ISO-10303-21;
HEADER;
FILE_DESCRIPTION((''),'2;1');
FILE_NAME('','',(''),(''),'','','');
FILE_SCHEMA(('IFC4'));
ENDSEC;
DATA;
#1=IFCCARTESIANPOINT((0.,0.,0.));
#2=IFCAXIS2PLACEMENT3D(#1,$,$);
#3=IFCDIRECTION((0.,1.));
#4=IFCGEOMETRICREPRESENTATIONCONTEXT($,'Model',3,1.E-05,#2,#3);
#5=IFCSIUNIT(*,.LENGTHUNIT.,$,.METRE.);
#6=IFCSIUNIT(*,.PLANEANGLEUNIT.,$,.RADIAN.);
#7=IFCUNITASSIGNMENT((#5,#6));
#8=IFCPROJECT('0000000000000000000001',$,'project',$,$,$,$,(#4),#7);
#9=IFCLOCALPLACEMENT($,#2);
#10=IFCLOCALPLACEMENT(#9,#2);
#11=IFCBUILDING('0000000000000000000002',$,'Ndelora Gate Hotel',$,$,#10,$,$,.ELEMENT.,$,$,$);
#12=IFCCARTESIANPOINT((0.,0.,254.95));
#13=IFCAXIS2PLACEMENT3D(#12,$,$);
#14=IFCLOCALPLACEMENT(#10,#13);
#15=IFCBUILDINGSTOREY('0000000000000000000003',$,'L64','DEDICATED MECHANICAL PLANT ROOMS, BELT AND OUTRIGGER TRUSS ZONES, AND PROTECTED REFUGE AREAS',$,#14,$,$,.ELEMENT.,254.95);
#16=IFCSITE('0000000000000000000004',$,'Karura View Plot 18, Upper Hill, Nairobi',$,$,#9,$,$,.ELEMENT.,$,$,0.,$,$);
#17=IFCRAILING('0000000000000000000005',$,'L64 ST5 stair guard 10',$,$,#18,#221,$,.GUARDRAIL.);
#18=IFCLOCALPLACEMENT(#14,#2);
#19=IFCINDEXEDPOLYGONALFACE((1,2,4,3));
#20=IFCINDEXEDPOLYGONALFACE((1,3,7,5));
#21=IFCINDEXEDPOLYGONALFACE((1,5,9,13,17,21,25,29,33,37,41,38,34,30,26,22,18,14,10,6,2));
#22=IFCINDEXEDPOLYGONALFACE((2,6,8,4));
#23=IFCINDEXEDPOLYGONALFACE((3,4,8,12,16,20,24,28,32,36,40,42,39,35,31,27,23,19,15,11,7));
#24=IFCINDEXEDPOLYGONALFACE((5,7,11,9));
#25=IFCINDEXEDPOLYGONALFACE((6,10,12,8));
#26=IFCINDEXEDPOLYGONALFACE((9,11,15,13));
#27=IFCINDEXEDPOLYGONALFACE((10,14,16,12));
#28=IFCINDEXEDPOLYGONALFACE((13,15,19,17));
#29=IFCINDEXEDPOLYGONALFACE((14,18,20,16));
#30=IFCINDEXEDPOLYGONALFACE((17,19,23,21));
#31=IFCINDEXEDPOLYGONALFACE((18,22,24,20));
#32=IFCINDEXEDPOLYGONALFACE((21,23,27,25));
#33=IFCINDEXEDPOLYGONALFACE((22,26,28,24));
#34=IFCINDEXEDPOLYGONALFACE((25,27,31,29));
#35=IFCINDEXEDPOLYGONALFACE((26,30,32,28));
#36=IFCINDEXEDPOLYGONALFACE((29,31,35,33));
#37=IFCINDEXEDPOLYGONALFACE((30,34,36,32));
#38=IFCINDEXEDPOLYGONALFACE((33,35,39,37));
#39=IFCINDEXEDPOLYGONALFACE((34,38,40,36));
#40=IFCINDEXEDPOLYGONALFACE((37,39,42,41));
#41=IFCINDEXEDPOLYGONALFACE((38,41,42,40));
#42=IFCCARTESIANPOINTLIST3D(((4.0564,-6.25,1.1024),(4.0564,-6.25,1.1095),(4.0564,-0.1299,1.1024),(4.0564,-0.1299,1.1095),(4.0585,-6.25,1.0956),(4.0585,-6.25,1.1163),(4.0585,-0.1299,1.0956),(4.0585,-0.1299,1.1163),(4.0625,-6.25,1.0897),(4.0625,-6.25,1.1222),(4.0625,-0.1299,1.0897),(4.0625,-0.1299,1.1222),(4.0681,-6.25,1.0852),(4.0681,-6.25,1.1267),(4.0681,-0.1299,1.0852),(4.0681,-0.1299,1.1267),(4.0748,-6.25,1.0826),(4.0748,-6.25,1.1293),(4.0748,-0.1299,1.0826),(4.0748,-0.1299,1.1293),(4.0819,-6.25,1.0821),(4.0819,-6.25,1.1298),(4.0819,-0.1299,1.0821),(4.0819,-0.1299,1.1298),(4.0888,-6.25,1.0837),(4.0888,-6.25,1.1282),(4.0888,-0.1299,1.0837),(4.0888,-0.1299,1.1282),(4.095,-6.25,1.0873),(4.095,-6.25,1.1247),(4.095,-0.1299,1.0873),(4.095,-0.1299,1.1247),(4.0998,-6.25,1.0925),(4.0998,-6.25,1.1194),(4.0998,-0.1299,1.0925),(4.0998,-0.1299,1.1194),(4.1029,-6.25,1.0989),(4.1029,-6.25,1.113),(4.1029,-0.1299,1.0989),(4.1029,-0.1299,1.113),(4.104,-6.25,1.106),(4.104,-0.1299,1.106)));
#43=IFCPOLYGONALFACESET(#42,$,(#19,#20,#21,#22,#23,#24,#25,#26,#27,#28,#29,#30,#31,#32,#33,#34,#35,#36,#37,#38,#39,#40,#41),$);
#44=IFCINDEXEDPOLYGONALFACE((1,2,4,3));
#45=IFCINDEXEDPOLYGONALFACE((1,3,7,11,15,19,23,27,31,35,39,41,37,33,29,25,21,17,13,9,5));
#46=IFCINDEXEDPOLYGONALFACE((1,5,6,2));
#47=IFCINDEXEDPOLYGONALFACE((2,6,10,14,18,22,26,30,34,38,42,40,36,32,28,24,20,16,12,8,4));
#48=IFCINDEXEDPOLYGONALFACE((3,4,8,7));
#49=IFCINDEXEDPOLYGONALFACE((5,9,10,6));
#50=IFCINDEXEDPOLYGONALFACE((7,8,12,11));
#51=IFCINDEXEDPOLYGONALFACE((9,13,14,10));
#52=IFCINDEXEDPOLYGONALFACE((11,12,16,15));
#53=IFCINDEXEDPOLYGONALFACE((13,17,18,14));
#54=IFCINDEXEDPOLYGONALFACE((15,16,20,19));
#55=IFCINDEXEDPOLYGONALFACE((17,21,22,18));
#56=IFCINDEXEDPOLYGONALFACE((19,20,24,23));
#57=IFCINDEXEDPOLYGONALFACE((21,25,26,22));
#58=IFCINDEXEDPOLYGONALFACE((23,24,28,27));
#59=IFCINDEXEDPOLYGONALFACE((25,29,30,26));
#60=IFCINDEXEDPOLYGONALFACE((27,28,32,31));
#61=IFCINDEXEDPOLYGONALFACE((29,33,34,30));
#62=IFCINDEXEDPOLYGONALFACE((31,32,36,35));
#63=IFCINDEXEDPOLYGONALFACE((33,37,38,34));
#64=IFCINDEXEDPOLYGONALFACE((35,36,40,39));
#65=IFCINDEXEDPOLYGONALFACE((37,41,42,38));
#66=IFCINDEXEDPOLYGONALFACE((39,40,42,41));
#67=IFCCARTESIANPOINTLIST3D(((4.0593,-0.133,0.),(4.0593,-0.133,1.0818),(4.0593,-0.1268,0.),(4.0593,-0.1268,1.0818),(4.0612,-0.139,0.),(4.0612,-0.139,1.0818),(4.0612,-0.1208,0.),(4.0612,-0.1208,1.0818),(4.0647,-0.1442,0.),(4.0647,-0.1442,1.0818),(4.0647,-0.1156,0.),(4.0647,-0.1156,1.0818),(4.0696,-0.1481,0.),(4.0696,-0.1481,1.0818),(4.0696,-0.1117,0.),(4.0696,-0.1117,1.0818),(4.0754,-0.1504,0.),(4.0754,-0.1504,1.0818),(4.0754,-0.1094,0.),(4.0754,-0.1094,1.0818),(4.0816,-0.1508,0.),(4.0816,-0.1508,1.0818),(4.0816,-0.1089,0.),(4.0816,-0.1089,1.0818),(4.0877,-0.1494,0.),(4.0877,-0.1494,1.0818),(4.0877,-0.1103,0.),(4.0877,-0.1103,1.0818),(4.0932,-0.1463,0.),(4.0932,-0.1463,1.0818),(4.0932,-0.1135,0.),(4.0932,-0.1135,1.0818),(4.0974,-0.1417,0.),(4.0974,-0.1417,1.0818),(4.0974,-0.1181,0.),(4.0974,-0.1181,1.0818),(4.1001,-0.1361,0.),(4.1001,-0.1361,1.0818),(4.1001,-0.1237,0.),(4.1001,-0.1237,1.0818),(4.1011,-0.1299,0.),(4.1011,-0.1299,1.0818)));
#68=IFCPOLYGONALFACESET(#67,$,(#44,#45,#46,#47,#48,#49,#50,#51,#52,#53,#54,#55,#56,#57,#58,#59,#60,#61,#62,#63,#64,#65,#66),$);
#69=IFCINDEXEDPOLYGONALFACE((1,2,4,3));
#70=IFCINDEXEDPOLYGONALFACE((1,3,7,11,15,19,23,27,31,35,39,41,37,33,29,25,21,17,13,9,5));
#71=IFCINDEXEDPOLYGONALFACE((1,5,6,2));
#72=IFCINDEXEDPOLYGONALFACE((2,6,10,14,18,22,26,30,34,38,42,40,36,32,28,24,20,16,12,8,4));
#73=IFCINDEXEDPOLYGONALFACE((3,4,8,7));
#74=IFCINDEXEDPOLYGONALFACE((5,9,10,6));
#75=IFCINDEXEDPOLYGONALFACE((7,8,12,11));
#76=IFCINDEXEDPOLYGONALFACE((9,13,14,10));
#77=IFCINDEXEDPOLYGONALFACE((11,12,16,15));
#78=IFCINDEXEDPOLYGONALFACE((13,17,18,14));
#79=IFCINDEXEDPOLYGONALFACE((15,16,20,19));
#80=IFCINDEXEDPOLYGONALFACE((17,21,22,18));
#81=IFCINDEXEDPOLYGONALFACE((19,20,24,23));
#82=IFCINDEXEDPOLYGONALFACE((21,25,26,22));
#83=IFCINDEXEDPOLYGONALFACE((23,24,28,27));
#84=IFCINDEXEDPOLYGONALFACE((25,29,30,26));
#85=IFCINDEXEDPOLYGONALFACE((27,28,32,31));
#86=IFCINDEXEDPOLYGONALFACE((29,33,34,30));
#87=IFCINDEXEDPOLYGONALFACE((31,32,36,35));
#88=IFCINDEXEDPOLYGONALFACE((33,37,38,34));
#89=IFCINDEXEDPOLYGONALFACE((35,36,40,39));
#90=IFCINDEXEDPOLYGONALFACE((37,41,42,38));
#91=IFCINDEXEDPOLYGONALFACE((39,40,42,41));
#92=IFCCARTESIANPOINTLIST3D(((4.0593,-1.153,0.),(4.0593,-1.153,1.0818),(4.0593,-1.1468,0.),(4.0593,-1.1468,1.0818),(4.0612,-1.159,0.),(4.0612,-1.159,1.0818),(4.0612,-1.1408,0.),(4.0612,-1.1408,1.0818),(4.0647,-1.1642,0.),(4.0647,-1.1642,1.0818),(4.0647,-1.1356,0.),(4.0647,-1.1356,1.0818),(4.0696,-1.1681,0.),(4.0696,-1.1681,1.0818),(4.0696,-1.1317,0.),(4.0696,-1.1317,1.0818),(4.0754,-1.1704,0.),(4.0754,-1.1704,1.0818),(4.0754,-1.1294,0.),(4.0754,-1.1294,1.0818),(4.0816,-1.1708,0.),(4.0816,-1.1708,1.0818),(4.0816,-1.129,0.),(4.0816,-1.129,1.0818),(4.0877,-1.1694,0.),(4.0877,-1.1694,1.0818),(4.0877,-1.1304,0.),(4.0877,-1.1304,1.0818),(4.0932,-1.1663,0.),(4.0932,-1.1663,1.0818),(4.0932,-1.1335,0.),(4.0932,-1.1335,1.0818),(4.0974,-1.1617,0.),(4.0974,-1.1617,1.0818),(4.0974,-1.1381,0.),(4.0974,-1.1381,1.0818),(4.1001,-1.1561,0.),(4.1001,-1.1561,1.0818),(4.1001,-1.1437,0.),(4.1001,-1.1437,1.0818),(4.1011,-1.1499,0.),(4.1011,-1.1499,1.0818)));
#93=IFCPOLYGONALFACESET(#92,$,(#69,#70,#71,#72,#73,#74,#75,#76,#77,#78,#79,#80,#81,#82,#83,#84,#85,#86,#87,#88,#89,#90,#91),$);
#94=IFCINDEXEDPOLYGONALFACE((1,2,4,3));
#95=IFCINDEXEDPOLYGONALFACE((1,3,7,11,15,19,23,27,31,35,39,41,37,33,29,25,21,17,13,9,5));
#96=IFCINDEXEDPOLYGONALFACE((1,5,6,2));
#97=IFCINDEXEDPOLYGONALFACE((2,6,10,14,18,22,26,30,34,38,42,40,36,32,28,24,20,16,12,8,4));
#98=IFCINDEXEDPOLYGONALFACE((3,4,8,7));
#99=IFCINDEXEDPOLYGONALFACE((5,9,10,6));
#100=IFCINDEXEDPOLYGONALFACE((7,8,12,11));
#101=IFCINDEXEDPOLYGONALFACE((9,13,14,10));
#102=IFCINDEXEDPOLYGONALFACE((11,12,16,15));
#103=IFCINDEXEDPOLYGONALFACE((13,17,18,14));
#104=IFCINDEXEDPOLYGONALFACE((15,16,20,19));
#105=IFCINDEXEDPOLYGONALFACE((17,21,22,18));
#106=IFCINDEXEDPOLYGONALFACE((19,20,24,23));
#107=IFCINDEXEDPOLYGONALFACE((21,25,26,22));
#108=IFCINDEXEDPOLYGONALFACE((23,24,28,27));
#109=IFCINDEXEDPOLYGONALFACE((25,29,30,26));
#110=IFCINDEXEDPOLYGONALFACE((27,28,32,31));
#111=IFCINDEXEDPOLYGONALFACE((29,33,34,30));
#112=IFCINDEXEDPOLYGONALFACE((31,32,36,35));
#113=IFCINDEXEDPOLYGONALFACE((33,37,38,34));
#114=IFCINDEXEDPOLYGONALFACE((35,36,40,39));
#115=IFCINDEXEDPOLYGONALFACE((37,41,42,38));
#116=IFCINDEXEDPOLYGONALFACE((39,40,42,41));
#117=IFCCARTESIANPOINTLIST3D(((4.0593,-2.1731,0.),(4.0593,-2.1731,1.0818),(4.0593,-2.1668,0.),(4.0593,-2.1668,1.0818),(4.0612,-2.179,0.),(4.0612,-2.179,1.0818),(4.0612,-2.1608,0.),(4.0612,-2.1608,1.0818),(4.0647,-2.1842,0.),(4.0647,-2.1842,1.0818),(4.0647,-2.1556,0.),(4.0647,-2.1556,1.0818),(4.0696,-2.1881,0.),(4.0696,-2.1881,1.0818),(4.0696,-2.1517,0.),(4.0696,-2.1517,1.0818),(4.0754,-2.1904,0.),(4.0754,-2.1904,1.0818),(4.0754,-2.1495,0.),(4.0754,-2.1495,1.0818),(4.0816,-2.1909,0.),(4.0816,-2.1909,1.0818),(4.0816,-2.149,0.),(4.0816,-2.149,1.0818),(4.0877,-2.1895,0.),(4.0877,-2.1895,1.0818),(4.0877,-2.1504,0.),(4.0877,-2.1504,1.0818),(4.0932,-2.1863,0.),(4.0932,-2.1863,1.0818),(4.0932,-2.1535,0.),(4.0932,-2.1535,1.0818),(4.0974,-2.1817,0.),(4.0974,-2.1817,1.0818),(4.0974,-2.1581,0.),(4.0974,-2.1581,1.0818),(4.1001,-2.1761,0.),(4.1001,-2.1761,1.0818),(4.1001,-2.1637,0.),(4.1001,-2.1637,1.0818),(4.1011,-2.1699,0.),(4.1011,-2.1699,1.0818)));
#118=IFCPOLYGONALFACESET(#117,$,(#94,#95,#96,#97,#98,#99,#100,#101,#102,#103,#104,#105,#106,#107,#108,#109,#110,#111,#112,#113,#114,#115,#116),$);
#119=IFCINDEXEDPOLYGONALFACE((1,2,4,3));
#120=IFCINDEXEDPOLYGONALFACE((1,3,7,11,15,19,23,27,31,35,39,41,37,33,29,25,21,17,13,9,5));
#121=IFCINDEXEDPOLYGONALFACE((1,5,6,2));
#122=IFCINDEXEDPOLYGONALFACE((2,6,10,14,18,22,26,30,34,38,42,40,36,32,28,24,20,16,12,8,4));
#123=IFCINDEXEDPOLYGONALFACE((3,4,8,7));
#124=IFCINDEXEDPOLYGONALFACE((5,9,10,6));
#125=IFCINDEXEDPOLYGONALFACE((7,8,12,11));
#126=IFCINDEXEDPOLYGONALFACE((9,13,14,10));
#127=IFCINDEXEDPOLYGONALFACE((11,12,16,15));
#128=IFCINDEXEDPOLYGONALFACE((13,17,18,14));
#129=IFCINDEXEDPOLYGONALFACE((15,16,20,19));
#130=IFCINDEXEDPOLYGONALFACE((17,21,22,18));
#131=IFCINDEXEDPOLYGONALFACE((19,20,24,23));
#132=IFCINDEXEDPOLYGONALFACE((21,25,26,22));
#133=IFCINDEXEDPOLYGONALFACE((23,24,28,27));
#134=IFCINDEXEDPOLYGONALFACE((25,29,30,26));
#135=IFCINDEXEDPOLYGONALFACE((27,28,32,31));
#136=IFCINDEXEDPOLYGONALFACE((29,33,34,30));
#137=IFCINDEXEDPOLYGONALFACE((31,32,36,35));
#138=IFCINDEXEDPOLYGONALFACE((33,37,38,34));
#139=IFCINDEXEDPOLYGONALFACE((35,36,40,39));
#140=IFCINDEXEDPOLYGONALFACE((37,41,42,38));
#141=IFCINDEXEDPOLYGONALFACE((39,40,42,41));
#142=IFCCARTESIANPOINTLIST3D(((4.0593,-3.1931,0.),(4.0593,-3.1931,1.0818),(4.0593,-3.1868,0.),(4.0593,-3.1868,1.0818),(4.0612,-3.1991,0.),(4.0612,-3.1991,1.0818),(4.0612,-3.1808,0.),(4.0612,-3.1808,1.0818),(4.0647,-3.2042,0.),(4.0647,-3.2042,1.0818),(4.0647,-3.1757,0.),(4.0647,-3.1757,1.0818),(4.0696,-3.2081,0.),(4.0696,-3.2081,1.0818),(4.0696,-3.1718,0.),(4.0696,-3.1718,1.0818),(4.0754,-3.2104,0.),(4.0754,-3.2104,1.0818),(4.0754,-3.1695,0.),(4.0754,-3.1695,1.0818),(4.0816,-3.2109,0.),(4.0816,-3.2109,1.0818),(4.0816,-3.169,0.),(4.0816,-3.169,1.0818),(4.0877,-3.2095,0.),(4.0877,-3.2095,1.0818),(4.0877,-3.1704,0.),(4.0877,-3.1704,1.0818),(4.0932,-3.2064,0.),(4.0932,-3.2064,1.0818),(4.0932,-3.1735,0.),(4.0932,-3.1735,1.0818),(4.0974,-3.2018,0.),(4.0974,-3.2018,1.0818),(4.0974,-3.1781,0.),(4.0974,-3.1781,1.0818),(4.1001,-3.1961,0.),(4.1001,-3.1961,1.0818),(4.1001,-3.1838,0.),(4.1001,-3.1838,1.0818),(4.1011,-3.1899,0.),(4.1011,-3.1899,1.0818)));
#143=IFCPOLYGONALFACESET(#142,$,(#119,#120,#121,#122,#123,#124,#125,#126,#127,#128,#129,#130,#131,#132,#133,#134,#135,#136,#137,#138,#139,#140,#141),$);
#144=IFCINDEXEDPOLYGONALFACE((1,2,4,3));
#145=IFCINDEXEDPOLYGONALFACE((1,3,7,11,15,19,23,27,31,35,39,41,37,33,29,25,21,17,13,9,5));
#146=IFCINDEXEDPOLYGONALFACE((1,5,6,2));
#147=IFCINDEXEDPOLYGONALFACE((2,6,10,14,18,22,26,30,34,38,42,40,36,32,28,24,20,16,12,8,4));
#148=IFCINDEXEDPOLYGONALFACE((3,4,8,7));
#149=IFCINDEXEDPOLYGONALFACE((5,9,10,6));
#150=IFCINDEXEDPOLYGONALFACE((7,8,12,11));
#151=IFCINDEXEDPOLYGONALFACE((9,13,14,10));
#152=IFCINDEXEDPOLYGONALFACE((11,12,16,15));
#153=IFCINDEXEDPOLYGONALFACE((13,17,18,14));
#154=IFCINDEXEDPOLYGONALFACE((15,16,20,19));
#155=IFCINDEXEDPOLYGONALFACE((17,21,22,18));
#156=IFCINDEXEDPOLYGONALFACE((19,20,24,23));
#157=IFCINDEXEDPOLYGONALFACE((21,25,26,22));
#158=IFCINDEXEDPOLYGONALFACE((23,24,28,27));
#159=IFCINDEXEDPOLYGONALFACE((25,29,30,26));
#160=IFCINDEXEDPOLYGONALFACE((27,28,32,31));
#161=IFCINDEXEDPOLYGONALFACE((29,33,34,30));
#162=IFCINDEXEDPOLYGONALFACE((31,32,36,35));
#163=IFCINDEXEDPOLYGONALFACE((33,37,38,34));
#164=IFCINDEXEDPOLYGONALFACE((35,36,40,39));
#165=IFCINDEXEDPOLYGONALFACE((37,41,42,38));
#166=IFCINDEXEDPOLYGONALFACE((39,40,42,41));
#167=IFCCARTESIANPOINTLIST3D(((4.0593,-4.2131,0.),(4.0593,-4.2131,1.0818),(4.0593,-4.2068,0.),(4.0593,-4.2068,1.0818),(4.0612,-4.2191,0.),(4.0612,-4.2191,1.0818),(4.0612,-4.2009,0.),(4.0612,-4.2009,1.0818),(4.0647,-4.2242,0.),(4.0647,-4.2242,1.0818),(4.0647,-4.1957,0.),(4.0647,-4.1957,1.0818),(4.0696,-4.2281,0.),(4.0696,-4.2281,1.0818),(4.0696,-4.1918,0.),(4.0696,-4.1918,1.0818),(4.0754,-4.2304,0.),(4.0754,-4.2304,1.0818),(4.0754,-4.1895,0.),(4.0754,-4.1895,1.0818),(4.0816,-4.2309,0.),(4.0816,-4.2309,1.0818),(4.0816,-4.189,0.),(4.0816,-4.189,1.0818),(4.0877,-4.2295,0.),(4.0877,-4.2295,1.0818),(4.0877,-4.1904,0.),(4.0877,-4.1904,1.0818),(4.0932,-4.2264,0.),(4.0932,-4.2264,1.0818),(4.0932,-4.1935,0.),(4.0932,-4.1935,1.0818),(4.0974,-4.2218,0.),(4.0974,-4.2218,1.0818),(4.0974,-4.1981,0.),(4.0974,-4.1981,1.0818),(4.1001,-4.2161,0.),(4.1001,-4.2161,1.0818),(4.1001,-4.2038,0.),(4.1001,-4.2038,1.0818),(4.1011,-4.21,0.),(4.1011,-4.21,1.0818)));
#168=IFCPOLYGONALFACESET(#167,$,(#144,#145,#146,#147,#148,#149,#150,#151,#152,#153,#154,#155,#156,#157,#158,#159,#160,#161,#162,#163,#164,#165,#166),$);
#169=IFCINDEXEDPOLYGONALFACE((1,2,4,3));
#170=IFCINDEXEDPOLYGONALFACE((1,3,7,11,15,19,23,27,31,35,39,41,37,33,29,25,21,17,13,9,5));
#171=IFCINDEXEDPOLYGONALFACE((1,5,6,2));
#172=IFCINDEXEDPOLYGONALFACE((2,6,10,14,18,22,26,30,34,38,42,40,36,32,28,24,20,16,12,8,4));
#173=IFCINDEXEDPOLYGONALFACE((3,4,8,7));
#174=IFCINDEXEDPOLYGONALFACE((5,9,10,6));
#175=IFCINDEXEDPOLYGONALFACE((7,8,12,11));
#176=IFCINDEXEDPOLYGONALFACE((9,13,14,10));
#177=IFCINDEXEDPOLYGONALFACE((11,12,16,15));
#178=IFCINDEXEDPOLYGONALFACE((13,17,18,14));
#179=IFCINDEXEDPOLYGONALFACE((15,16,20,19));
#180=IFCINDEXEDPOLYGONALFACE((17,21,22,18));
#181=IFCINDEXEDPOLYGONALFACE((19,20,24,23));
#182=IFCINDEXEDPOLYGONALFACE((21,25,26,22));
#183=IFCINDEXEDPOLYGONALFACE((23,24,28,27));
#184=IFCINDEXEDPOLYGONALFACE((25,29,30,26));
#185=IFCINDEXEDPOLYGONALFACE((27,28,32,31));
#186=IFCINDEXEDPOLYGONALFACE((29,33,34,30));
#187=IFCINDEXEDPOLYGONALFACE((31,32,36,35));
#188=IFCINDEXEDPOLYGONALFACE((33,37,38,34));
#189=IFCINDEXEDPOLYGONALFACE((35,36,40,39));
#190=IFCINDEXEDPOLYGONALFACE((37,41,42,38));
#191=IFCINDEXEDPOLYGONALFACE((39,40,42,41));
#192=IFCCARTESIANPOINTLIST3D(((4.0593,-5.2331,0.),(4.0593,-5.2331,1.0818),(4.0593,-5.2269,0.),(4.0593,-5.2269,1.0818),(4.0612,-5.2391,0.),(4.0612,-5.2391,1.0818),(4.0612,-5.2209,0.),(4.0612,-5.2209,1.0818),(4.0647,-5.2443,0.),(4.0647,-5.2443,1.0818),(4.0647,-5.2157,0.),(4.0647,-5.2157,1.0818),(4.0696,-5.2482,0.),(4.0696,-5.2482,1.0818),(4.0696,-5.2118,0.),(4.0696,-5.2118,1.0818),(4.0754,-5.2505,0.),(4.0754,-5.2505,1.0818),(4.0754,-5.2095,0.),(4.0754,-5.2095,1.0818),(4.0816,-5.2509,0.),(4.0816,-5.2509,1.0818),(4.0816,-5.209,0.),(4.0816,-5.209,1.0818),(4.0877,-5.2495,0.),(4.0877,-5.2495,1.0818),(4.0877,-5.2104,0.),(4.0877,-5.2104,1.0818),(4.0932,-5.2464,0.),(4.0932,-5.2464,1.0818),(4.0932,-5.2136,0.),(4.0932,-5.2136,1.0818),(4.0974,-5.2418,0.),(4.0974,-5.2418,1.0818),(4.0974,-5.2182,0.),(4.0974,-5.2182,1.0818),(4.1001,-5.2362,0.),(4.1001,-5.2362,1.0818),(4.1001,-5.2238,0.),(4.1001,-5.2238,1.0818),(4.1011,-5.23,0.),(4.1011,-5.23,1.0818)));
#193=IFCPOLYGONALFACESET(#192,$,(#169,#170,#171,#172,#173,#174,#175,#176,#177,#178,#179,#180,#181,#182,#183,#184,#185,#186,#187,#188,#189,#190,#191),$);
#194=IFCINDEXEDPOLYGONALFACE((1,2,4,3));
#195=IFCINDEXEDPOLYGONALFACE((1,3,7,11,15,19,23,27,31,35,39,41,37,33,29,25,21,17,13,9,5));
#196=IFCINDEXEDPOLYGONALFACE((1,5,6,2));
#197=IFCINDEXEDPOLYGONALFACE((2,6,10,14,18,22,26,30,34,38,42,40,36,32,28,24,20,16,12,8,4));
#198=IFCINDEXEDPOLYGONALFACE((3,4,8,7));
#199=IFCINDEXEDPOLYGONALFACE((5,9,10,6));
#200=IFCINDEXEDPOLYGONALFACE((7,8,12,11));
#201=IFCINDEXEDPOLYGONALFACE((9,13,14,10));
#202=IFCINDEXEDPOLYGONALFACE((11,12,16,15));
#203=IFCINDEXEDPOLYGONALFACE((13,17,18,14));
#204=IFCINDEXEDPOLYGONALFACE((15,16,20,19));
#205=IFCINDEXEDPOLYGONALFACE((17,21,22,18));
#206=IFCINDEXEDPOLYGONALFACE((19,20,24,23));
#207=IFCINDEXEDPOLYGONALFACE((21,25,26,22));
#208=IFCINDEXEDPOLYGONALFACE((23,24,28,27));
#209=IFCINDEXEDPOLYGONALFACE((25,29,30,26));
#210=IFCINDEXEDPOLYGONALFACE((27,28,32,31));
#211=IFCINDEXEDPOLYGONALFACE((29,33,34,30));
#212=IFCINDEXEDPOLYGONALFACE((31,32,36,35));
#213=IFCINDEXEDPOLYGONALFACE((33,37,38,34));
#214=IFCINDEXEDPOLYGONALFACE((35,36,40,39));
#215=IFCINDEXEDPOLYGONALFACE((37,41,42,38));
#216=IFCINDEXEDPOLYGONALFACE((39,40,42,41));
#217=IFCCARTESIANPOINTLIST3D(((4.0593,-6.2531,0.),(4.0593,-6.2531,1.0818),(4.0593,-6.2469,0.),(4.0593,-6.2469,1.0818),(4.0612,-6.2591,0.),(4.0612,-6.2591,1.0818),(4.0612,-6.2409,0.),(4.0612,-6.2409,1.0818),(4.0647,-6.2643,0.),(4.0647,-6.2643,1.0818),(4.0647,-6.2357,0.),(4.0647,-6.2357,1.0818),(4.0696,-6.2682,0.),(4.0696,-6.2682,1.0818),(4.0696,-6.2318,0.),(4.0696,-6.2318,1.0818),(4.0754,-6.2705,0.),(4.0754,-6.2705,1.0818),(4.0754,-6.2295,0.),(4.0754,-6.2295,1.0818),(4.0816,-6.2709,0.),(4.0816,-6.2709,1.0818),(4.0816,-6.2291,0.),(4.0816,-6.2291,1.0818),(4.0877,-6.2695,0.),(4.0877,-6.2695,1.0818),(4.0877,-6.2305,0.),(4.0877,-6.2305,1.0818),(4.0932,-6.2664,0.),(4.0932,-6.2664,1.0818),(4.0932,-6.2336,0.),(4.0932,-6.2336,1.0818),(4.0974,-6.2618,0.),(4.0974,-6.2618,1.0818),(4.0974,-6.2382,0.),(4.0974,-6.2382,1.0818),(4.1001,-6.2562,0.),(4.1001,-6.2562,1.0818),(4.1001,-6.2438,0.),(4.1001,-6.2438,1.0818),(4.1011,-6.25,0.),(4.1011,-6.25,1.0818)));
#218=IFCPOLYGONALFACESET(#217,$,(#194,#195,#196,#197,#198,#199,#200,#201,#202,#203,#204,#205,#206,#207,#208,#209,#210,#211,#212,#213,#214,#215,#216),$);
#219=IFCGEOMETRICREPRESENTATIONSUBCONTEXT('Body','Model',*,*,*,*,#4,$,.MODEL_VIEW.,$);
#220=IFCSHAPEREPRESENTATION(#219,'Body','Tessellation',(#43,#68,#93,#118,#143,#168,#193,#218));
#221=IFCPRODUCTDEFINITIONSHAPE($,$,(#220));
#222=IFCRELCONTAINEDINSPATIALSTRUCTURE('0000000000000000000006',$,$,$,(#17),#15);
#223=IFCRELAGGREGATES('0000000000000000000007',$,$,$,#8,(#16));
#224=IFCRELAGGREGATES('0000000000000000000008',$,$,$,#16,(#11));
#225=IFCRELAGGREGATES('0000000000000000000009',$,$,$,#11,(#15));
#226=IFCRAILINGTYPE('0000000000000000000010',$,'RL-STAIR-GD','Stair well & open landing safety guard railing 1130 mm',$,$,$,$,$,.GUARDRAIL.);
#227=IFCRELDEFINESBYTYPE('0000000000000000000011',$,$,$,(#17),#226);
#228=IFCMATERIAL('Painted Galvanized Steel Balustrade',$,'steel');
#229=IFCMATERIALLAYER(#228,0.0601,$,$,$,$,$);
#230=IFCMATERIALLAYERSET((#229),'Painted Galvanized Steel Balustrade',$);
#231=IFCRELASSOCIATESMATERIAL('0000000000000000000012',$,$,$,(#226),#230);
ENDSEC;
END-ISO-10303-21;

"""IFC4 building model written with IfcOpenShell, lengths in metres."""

from ifc_helpers import new_model, si_unit, direction, frame, origin, origin_2d, place, context, subcontext, project, spatial, circle, extrude, material, layer, layer_set, type_object, element, save


model = new_model("IFC4")

# Units and contexts
model_context = context("Model", 3, precision=1e-05, world=origin(), true_north=direction((0.0, 1.0)))
body_context = subcontext(model_context, "Body", "Model", "MODEL_VIEW")
ifc_project = project(units=[si_unit("LENGTHUNIT", "METRE"), si_unit("PLANEANGLEUNIT", "RADIAN")], contexts=[model_context])

# Site, building, storey
site_placement = place(None, origin())
site = spatial("IfcSite", under=ifc_project, at=site_placement, Name="Karura View Plot 18, Upper Hill, Nairobi", CompositionType="ELEMENT", RefElevation=0.0)
building_placement = place(site_placement, origin())
building = spatial("IfcBuilding", under=site, at=building_placement, Name="Ndelora Gate Hotel", CompositionType="ELEMENT")
storey_placement = place(building_placement, frame((0.0, 0.0, 254.95)))
storey = spatial("IfcBuildingStorey", under=building, at=storey_placement, Name="L64", Description="DEDICATED MECHANICAL PLANT ROOMS, BELT AND OUTRIGGER TRUSS ZONES, AND PROTECTED REFUGE AREAS", CompositionType="ELEMENT", Elevation=254.95)

# Railing
ifc_material_1 = material(Name="Painted Galvanized Steel Balustrade", Category="steel")
ifc_layer_1 = layer(ifc_material_1, 0.0601)
ifc_layer_set_1 = layer_set([ifc_layer_1], Name="Painted Galvanized Steel Balustrade")
railing_type_1 = type_object("IfcRailingType", Name="RL-STAIR-GD", Description="Stair well & open landing safety guard railing 1130 mm", PredefinedType="GUARDRAIL", material=ifc_layer_set_1)
railing_1_placement = place(storey_placement, frame((4.0801, -0.1299, 0.0)))
element("IfcRailing", 1, at=railing_1_placement, inside=storey, type_object=railing_type_1, Name="L64 ST5 stair guard 10", PredefinedType="GUARDRAIL", context=body_context, shape_type="SweptSolid", body=[
    extrude(circle(Radius=0.0239, at=origin_2d()), frame((0.0, 0.0, 1.106), z_axis=(0.0, -1.0, 0.0), x_axis=(1.0, 0.0, 0.0)), (0.0, 0.0, 1.0), 6.1201),
    extrude(circle(Radius=0.021, at=origin_2d()), origin(), (0.0, 0.0, 1.0), 1.0818),
    extrude(circle(Radius=0.021, at=origin_2d()), frame((0.0, -1.02, 0.0)), (0.0, 0.0, 1.0), 1.0818),
    extrude(circle(Radius=0.021, at=origin_2d()), frame((0.0, -2.04, 0.0)), (0.0, 0.0, 1.0), 1.0818),
    extrude(circle(Radius=0.021, at=origin_2d()), frame((0.0, -3.0601, 0.0)), (0.0, 0.0, 1.0), 1.0818),
    extrude(circle(Radius=0.021, at=origin_2d()), frame((0.0, -4.0801, 0.0)), (0.0, 0.0, 1.0), 1.0818),
    extrude(circle(Radius=0.021, at=origin_2d()), frame((0.0, -5.1001, 0.0)), (0.0, 0.0, 1.0), 1.0818),
    extrude(circle(Radius=0.021, at=origin_2d()), frame((0.0, -6.1201, 0.0)), (0.0, 0.0, 1.0), 1.0818),
])

save(model, "model.ifc")
